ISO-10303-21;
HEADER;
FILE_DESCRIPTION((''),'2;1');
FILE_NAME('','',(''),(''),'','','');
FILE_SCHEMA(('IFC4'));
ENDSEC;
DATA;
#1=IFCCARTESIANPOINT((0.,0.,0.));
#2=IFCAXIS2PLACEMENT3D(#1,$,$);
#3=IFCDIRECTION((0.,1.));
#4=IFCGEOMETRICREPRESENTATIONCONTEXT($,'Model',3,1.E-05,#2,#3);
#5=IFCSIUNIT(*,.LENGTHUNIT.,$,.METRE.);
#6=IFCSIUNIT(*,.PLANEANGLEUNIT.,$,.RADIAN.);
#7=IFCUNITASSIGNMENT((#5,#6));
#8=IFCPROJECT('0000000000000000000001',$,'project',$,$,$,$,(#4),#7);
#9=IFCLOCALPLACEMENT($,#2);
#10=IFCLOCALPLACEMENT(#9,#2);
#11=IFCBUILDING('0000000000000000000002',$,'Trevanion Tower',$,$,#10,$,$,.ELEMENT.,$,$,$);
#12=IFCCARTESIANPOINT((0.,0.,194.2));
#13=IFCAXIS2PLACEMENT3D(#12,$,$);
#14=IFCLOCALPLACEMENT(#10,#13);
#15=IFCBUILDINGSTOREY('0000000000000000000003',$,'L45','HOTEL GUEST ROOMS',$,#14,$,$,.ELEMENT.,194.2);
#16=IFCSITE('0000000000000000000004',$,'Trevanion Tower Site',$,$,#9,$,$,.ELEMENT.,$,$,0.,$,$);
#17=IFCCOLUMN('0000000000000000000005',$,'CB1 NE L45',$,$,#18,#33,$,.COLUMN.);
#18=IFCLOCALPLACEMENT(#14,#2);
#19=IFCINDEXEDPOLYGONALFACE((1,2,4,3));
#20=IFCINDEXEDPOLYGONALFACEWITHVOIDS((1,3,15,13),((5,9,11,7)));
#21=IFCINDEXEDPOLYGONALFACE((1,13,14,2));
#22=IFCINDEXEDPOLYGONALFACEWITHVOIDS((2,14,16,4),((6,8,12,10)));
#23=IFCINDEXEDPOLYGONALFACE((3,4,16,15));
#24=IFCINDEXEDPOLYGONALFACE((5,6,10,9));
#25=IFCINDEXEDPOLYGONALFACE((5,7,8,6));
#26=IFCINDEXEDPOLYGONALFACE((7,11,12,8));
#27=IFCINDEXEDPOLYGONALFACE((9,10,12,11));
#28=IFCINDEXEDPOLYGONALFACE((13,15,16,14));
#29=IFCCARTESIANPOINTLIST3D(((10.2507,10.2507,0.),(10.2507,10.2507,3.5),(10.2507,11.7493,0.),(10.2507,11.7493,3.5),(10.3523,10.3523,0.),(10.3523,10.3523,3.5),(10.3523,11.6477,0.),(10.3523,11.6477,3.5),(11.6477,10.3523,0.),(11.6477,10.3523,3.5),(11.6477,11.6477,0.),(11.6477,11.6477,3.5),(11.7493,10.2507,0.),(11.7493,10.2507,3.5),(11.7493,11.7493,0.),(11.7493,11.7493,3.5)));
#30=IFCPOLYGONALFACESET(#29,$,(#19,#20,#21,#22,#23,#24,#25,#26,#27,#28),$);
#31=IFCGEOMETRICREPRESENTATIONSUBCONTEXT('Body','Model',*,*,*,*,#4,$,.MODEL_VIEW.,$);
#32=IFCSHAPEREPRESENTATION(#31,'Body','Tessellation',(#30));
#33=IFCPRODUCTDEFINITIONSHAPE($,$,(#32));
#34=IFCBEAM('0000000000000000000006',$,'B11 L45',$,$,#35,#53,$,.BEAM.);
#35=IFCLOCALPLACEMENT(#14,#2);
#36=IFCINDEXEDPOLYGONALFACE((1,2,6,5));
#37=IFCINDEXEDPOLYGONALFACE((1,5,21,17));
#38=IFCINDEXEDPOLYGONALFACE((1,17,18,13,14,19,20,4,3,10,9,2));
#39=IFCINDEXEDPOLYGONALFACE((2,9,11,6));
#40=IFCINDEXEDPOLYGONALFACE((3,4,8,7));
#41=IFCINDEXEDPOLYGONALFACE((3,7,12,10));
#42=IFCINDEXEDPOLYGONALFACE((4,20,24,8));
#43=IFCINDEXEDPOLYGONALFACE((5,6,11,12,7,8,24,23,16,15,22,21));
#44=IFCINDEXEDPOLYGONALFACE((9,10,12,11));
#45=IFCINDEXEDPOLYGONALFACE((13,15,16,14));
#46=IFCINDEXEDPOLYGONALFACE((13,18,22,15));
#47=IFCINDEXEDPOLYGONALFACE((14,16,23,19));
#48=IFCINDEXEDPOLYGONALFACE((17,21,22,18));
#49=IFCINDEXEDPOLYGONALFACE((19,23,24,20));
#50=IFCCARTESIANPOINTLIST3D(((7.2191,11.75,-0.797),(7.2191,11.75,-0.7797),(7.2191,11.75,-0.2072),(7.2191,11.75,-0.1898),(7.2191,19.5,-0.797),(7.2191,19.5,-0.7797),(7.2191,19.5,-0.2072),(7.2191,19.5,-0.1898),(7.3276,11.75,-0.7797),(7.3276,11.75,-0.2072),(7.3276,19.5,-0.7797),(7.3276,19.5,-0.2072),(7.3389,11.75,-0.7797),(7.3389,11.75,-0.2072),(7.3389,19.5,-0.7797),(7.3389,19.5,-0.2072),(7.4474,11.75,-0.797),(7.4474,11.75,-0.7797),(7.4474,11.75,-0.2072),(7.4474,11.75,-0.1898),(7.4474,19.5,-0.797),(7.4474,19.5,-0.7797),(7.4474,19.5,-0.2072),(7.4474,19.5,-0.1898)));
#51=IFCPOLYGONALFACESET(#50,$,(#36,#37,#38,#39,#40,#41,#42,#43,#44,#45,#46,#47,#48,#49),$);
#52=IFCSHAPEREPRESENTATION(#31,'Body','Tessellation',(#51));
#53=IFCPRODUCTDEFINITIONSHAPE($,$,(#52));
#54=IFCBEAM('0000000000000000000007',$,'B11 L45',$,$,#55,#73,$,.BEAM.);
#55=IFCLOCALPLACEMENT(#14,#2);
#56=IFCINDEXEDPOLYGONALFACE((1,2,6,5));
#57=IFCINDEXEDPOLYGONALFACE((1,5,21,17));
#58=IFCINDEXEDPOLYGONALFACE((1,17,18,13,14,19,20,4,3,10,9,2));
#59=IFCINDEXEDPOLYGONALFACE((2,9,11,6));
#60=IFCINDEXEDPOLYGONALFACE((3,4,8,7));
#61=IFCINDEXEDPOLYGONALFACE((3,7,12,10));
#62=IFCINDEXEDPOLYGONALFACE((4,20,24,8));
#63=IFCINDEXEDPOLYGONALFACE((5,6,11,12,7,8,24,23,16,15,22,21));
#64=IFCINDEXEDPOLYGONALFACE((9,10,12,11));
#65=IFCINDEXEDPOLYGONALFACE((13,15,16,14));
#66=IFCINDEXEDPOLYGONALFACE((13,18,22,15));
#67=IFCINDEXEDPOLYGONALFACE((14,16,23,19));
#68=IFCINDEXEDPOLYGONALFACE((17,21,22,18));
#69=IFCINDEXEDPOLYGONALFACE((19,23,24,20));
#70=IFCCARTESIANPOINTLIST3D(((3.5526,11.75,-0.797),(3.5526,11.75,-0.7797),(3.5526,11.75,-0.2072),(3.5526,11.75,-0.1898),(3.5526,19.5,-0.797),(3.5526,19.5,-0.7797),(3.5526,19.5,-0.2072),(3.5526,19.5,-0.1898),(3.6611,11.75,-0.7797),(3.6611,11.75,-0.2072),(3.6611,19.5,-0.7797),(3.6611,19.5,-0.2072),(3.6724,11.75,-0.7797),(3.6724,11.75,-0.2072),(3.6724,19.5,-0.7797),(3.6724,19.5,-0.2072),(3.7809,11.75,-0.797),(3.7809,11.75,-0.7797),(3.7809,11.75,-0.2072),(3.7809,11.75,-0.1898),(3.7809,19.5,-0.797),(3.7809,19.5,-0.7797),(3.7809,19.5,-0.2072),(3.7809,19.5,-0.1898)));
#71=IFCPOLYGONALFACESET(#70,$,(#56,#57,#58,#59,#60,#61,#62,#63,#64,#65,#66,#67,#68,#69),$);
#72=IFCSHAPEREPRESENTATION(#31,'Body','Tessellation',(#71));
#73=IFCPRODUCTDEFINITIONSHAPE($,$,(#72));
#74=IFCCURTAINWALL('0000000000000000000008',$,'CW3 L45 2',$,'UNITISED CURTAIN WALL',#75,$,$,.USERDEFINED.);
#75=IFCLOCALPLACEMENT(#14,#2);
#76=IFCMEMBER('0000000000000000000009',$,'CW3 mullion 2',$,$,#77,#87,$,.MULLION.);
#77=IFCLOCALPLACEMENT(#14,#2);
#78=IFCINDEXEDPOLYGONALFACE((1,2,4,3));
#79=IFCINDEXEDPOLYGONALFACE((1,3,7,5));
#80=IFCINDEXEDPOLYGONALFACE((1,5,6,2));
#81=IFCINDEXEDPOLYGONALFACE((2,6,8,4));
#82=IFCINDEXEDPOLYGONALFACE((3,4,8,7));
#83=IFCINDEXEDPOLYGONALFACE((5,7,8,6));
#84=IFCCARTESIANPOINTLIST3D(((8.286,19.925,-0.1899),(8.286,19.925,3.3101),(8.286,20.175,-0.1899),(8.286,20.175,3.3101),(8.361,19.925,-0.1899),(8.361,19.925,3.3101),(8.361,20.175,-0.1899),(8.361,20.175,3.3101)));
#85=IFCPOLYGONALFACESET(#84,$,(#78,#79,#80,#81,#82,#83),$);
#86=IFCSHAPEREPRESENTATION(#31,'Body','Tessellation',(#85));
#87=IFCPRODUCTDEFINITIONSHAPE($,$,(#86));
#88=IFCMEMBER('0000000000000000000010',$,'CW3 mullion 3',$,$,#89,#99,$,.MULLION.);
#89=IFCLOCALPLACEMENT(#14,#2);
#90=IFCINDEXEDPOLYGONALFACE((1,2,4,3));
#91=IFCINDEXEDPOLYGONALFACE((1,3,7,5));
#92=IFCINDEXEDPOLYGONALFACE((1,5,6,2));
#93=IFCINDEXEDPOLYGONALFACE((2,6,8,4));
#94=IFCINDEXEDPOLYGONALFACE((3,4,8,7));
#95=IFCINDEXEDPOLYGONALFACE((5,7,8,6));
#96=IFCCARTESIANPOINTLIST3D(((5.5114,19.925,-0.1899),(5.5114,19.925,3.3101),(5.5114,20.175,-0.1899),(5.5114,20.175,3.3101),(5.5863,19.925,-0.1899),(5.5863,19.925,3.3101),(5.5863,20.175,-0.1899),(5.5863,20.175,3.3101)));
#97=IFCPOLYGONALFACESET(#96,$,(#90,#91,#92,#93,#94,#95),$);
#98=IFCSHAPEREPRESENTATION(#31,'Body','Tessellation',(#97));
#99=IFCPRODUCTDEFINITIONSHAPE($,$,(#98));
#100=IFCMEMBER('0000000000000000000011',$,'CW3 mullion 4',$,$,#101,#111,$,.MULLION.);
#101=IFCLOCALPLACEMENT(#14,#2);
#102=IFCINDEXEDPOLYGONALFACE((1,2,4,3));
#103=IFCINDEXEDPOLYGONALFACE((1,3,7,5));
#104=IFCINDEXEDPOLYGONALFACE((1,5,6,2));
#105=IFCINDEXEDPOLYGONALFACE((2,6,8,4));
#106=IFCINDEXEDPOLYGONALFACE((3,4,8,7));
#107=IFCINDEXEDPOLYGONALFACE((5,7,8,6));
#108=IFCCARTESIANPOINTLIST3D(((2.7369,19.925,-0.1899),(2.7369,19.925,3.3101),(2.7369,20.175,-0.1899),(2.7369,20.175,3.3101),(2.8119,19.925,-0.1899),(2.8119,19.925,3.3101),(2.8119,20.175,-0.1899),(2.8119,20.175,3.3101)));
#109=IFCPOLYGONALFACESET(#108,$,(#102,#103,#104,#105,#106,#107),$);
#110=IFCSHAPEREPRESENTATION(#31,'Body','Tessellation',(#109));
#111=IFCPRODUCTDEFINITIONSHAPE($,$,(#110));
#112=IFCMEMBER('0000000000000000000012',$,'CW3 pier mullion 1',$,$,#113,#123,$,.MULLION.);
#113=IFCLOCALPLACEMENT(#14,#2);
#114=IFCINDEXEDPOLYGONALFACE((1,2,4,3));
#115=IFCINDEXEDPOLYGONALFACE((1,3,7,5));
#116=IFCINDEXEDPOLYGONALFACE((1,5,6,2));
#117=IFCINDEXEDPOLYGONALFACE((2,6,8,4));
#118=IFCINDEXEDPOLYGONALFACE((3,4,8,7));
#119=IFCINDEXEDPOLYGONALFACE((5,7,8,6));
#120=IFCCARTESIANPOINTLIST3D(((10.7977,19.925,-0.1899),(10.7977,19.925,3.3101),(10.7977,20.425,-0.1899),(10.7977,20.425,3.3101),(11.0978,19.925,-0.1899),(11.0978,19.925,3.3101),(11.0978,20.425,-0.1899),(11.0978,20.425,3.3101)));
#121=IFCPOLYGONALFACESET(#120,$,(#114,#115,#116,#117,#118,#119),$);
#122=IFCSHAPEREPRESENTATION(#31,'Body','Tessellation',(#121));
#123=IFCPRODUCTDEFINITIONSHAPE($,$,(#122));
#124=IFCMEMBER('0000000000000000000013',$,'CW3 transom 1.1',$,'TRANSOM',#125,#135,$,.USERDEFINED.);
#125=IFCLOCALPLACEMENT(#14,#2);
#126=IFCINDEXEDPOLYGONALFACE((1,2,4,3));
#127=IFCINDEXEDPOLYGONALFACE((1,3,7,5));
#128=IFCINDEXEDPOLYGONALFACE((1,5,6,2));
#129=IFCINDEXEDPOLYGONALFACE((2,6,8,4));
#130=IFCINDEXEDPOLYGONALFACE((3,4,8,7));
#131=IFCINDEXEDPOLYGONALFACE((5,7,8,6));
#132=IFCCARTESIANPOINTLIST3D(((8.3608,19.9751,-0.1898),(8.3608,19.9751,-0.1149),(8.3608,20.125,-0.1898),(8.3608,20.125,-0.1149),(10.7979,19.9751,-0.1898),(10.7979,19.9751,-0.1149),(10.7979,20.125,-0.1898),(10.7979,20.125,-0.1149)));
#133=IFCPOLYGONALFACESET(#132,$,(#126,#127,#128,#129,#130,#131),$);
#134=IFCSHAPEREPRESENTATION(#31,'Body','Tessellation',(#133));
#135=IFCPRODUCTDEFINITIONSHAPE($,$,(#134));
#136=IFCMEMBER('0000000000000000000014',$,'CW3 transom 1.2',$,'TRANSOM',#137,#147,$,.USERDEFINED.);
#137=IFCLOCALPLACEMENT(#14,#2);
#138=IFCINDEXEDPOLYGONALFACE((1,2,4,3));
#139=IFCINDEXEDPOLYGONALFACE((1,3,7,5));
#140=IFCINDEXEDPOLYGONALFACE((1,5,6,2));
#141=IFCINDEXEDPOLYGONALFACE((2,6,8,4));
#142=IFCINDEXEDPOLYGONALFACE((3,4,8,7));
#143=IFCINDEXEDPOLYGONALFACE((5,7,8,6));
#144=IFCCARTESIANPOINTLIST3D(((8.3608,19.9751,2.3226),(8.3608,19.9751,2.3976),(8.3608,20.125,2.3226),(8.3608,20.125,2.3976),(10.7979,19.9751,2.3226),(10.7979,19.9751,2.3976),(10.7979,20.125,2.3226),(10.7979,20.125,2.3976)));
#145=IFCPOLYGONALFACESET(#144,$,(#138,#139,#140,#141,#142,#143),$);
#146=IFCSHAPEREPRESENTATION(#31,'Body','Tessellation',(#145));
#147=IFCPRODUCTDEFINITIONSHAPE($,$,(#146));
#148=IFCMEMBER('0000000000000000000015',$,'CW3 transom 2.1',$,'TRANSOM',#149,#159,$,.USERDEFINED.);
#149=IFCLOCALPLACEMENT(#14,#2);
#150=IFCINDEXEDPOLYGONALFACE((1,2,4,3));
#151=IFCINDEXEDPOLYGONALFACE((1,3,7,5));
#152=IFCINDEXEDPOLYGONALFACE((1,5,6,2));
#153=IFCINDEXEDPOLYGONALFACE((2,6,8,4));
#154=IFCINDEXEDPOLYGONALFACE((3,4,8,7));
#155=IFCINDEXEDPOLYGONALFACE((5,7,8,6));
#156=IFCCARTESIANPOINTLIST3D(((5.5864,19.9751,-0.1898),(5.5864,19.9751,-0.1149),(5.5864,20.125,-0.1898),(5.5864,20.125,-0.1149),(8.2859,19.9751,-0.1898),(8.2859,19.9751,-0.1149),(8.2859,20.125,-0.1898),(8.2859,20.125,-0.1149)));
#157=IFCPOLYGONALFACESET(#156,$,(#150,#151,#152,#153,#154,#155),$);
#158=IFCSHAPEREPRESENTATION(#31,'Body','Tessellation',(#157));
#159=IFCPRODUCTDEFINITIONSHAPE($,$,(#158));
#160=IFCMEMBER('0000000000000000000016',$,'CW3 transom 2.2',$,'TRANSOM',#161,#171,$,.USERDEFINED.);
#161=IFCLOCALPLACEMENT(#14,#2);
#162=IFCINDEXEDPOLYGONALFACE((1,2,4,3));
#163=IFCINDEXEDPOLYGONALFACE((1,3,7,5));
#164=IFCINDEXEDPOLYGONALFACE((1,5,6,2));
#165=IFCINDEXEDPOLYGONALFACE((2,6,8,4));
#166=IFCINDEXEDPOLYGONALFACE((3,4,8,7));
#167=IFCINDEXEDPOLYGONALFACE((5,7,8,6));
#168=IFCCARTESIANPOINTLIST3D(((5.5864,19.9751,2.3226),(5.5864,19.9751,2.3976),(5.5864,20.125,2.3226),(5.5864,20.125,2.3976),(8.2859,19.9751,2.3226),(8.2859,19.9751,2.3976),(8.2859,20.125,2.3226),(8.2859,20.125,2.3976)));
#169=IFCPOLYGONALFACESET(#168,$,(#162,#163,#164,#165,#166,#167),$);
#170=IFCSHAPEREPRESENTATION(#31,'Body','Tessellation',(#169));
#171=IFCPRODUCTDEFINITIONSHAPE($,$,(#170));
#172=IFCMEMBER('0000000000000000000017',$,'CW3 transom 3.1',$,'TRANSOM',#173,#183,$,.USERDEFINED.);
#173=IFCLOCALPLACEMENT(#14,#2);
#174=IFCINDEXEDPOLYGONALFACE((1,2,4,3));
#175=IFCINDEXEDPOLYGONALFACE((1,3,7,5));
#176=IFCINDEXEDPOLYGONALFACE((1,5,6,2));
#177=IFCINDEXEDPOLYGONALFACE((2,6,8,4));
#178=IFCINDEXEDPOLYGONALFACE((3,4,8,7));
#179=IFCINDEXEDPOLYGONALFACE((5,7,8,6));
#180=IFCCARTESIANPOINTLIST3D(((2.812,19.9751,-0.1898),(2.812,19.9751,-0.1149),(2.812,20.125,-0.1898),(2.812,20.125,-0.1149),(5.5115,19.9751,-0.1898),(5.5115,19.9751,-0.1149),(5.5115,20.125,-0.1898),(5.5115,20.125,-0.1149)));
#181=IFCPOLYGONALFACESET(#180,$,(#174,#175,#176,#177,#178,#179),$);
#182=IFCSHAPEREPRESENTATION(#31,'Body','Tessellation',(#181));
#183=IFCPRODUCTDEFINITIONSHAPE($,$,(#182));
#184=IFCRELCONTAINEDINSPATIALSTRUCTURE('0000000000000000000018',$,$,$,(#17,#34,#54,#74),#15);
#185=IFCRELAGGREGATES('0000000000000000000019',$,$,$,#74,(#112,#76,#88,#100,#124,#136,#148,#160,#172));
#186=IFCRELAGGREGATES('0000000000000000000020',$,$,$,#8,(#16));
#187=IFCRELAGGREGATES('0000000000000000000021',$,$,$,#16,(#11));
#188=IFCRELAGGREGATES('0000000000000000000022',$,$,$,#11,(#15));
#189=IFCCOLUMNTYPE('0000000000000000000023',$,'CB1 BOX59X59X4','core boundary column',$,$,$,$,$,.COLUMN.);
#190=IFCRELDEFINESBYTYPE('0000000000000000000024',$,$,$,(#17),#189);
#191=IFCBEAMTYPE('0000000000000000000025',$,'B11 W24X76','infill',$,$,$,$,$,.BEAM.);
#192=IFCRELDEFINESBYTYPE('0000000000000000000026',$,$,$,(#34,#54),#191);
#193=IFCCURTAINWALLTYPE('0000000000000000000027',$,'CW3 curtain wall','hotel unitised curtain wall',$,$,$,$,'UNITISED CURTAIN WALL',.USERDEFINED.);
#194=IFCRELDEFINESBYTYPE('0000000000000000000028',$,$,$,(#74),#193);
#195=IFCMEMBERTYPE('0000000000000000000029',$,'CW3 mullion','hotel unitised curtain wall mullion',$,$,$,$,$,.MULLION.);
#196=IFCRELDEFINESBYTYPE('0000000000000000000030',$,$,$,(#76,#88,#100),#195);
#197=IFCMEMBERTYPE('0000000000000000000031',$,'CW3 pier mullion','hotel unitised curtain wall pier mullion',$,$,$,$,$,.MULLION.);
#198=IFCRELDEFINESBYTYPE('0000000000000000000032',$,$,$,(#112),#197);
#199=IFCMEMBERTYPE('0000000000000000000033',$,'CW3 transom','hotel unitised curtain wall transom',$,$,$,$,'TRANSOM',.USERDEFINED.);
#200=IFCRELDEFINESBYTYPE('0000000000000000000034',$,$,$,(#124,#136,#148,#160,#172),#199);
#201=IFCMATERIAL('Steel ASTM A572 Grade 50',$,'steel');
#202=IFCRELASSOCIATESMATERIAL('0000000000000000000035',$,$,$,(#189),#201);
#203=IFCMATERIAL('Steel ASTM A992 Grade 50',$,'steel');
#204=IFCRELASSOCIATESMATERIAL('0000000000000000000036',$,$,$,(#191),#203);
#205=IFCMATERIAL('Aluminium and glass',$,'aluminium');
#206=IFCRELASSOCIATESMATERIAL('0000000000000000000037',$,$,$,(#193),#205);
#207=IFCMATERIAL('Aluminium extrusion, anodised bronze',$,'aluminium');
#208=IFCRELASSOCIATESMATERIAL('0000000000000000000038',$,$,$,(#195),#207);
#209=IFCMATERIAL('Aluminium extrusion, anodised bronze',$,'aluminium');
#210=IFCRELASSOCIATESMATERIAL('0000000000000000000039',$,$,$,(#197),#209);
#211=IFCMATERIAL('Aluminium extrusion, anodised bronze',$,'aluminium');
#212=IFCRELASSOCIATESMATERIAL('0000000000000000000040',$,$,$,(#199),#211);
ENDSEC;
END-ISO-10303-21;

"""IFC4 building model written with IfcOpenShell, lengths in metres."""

from ifc_helpers import new_model, si_unit, direction, frame, origin, origin_2d, place, context, subcontext, project, spatial, rectangle, hollow_rectangle, i_section, extrude, material, material_profile, profile_set, type_object, element, aggregate, save


model = new_model("IFC4")

# Units and contexts
model_context = context("Model", 3, precision=1e-05, world=origin(), true_north=direction((0.0, 1.0)))
body_context = subcontext(model_context, "Body", "Model", "MODEL_VIEW")
ifc_project = project(units=[si_unit("LENGTHUNIT", "METRE"), si_unit("PLANEANGLEUNIT", "RADIAN")], contexts=[model_context])

# Site, building, storey
site_placement = place(None, origin())
site = spatial("IfcSite", under=ifc_project, at=site_placement, Name="Trevanion Tower Site", CompositionType="ELEMENT", RefElevation=0.0)
building_placement = place(site_placement, origin())
building = spatial("IfcBuilding", under=site, at=building_placement, Name="Trevanion Tower", CompositionType="ELEMENT")
storey_placement = place(building_placement, frame((0.0, 0.0, 194.2)))
storey = spatial("IfcBuildingStorey", under=building, at=storey_placement, Name="L45", Description="HOTEL GUEST ROOMS", CompositionType="ELEMENT", Elevation=194.2)

# Column
ifc_material_1 = material(Name="Steel ASTM A572 Grade 50", Category="steel")
ifc_material_profile_1 = material_profile(ifc_material_1, hollow_rectangle(XDim=1.4985, YDim=1.4985, WallThickness=0.1016, at=origin_2d()), Name="BOX59X59X4")
ifc_profile_set_1 = profile_set([ifc_material_profile_1], Name="Steel ASTM A572 Grade 50")
column_type = type_object("IfcColumnType", Name="CB1 BOX59X59X4", Description="core boundary column", PredefinedType="COLUMN", material=ifc_profile_set_1)
column_placement = place(storey_placement, frame((11.0, 11.0, 0.0), z_axis=(0.0, 0.0, 1.0), x_axis=(1.0, 0.0, 0.0)))
element("IfcColumn", 1, at=column_placement, inside=storey, type_object=column_type, Name="CB1 NE L45", PredefinedType="COLUMN", context=body_context, shape_type="SweptSolid", body=[
    extrude(hollow_rectangle(XDim=1.4985, YDim=1.4985, WallThickness=0.1016, at=origin_2d()), origin(), (0.0, 0.0, 1.0), 3.5),
])

# Beams
ifc_material_2 = material(Name="Steel ASTM A992 Grade 50", Category="steel")
ifc_material_profile_2 = material_profile(ifc_material_2, i_section(OverallWidth=0.2283, OverallDepth=0.6072, WebThickness=0.0112, FlangeThickness=0.0173, at=origin_2d()), Name="W24X76")
ifc_profile_set_2 = profile_set([ifc_material_profile_2], Name="Steel ASTM A992 Grade 50")
beam_type_1 = type_object("IfcBeamType", Name="B11 W24X76", Description="infill", PredefinedType="BEAM", material=ifc_profile_set_2)
for number, where, z_axis, x_axis, name in (
    (2, (7.3333, 11.75, -0.4934), (0.0, 1.0, 0.0), (-1.0, 0.0, 0.0), "B11 L45"),
    (3, (3.6667, 11.75, -0.4934), (0.0, 1.0, 0.0), (-1.0, 0.0, 0.0), "B11 L45"),
):
    element("IfcBeam", number, at=place(storey_placement, frame(where, z_axis=z_axis, x_axis=x_axis)), inside=storey, type_object=beam_type_1, Name=name, PredefinedType="BEAM", context=body_context, shape_type="SweptSolid", body=[
        extrude(i_section(OverallWidth=0.2283, OverallDepth=0.6072, WebThickness=0.0112, FlangeThickness=0.0173, at=origin_2d()), origin(), (0.0, 0.0, 1.0), 7.75),
    ])

# Curtain wall, members
ifc_material_3 = material(Name="Aluminium and glass", Category="aluminium")
curtain_wall_type = type_object("IfcCurtainWallType", Name="CW3 curtain wall", Description="hotel unitised curtain wall", ElementType="UNITISED CURTAIN WALL", PredefinedType="USERDEFINED", material=ifc_material_3)
curtain_wall_placement = place(storey_placement, origin())
curtain_wall = element("IfcCurtainWall", 4, at=curtain_wall_placement, inside=storey, type_object=curtain_wall_type, Name="CW3 L45 2", ObjectType="UNITISED CURTAIN WALL", PredefinedType="USERDEFINED")
ifc_material_4 = material(Name="Aluminium extrusion, anodised bronze", Category="aluminium")
ifc_material_profile_3 = material_profile(ifc_material_4, rectangle(XDim=0.075, YDim=0.25, at=origin_2d()), Name="CW3 mullion")
ifc_profile_set_3 = profile_set([ifc_material_profile_3], Name="Aluminium extrusion, anodised bronze")
member_type_1 = type_object("IfcMemberType", Name="CW3 mullion", Description="hotel unitised curtain wall mullion", PredefinedType="MULLION", material=ifc_profile_set_3)
member_1_placement = place(storey_placement, frame((8.3235, 20.05, -0.1899), z_axis=(0.0, 0.0, 1.0), x_axis=(-1.0, 0.0, 0.0)))
member_1 = element("IfcMember", 5, at=member_1_placement, type_object=member_type_1, Name="CW3 mullion 2", PredefinedType="MULLION", context=body_context, shape_type="SweptSolid", body=[
    extrude(rectangle(XDim=0.075, YDim=0.25, at=origin_2d()), origin(), (0.0, 0.0, 1.0), 3.5),
])
member_2_placement = place(storey_placement, frame((5.5488, 20.05, -0.1899), z_axis=(0.0, 0.0, 1.0), x_axis=(-1.0, 0.0, 0.0)))
member_2 = element("IfcMember", 6, at=member_2_placement, type_object=member_type_1, Name="CW3 mullion 3", PredefinedType="MULLION", context=body_context, shape_type="SweptSolid", body=[
    extrude(rectangle(XDim=0.075, YDim=0.25, at=origin_2d()), origin(), (0.0, 0.0, 1.0), 3.5),
])
member_3_placement = place(storey_placement, frame((2.7744, 20.05, -0.1899), z_axis=(0.0, 0.0, 1.0), x_axis=(-1.0, 0.0, 0.0)))
member_3 = element("IfcMember", 7, at=member_3_placement, type_object=member_type_1, Name="CW3 mullion 4", PredefinedType="MULLION", context=body_context, shape_type="SweptSolid", body=[
    extrude(rectangle(XDim=0.075, YDim=0.25, at=origin_2d()), origin(), (0.0, 0.0, 1.0), 3.5),
])
ifc_material_5 = material(Name="Aluminium extrusion, anodised bronze", Category="aluminium")
ifc_material_profile_4 = material_profile(ifc_material_5, rectangle(XDim=0.3, YDim=0.5, at=origin_2d()), Name="CW3 pier mullion")
ifc_profile_set_4 = profile_set([ifc_material_profile_4], Name="Aluminium extrusion, anodised bronze")
member_type_2 = type_object("IfcMemberType", Name="CW3 pier mullion", Description="hotel unitised curtain wall pier mullion", PredefinedType="MULLION", material=ifc_profile_set_4)
member_4_placement = place(storey_placement, frame((10.9478, 20.175, -0.1899), z_axis=(0.0, 0.0, 1.0), x_axis=(-1.0, 0.0, 0.0)))
member_4 = element("IfcMember", 8, at=member_4_placement, type_object=member_type_2, Name="CW3 pier mullion 1", PredefinedType="MULLION", context=body_context, shape_type="SweptSolid", body=[
    extrude(rectangle(XDim=0.3, YDim=0.5, at=origin_2d()), origin(), (0.0, 0.0, 1.0), 3.5),
])
ifc_material_6 = material(Name="Aluminium extrusion, anodised bronze", Category="aluminium")
ifc_material_profile_5 = material_profile(ifc_material_6, rectangle(XDim=0.1499, YDim=0.075, at=origin_2d()), Name="CW3 transom")
ifc_profile_set_5 = profile_set([ifc_material_profile_5], Name="Aluminium extrusion, anodised bronze")
member_type_3 = type_object("IfcMemberType", Name="CW3 transom", Description="hotel unitised curtain wall transom", ElementType="TRANSOM", PredefinedType="USERDEFINED", material=ifc_profile_set_5)
member_5_placement = place(storey_placement, frame((10.7979, 20.05, -0.1523), z_axis=(-1.0, 0.0, 0.0), x_axis=(0.0, -1.0, 0.0)))
member_5 = element("IfcMember", 9, at=member_5_placement, type_object=member_type_3, Name="CW3 transom 1.1", ObjectType="TRANSOM", PredefinedType="USERDEFINED", context=body_context, shape_type="SweptSolid", body=[
    extrude(rectangle(XDim=0.1499, YDim=0.075, at=origin_2d()), origin(), (0.0, 0.0, 1.0), 2.437),
])
member_6_placement = place(storey_placement, frame((10.7979, 20.05, 2.3601), z_axis=(-1.0, 0.0, 0.0), x_axis=(0.0, -1.0, 0.0)))
member_6 = element("IfcMember", 10, at=member_6_placement, type_object=member_type_3, Name="CW3 transom 1.2", ObjectType="TRANSOM", PredefinedType="USERDEFINED", context=body_context, shape_type="SweptSolid", body=[
    extrude(rectangle(XDim=0.1499, YDim=0.075, at=origin_2d()), origin(), (0.0, 0.0, 1.0), 2.437),
])
member_7_placement = place(storey_placement, frame((8.2859, 20.05, -0.1523), z_axis=(-1.0, 0.0, 0.0), x_axis=(0.0, -1.0, 0.0)))
member_7 = element("IfcMember", 11, at=member_7_placement, type_object=member_type_3, Name="CW3 transom 2.1", ObjectType="TRANSOM", PredefinedType="USERDEFINED", context=body_context, shape_type="SweptSolid", body=[
    extrude(rectangle(XDim=0.1499, YDim=0.075, at=origin_2d()), origin(), (0.0, 0.0, 1.0), 2.6995),
])
member_8_placement = place(storey_placement, frame((8.2859, 20.05, 2.3601), z_axis=(-1.0, 0.0, 0.0), x_axis=(0.0, -1.0, 0.0)))
member_8 = element("IfcMember", 12, at=member_8_placement, type_object=member_type_3, Name="CW3 transom 2.2", ObjectType="TRANSOM", PredefinedType="USERDEFINED", context=body_context, shape_type="SweptSolid", body=[
    extrude(rectangle(XDim=0.1499, YDim=0.075, at=origin_2d()), origin(), (0.0, 0.0, 1.0), 2.6995),
])
member_9_placement = place(storey_placement, frame((5.5115, 20.05, -0.1523), z_axis=(-1.0, 0.0, 0.0), x_axis=(0.0, -1.0, 0.0)))
member_9 = element("IfcMember", 13, at=member_9_placement, type_object=member_type_3, Name="CW3 transom 3.1", ObjectType="TRANSOM", PredefinedType="USERDEFINED", context=body_context, shape_type="SweptSolid", body=[
    extrude(rectangle(XDim=0.1499, YDim=0.075, at=origin_2d()), origin(), (0.0, 0.0, 1.0), 2.6995),
])

aggregate(curtain_wall, [member_4, member_1, member_2, member_3, member_5, member_6, member_7, member_8, member_9])

save(model, "model.ifc")
